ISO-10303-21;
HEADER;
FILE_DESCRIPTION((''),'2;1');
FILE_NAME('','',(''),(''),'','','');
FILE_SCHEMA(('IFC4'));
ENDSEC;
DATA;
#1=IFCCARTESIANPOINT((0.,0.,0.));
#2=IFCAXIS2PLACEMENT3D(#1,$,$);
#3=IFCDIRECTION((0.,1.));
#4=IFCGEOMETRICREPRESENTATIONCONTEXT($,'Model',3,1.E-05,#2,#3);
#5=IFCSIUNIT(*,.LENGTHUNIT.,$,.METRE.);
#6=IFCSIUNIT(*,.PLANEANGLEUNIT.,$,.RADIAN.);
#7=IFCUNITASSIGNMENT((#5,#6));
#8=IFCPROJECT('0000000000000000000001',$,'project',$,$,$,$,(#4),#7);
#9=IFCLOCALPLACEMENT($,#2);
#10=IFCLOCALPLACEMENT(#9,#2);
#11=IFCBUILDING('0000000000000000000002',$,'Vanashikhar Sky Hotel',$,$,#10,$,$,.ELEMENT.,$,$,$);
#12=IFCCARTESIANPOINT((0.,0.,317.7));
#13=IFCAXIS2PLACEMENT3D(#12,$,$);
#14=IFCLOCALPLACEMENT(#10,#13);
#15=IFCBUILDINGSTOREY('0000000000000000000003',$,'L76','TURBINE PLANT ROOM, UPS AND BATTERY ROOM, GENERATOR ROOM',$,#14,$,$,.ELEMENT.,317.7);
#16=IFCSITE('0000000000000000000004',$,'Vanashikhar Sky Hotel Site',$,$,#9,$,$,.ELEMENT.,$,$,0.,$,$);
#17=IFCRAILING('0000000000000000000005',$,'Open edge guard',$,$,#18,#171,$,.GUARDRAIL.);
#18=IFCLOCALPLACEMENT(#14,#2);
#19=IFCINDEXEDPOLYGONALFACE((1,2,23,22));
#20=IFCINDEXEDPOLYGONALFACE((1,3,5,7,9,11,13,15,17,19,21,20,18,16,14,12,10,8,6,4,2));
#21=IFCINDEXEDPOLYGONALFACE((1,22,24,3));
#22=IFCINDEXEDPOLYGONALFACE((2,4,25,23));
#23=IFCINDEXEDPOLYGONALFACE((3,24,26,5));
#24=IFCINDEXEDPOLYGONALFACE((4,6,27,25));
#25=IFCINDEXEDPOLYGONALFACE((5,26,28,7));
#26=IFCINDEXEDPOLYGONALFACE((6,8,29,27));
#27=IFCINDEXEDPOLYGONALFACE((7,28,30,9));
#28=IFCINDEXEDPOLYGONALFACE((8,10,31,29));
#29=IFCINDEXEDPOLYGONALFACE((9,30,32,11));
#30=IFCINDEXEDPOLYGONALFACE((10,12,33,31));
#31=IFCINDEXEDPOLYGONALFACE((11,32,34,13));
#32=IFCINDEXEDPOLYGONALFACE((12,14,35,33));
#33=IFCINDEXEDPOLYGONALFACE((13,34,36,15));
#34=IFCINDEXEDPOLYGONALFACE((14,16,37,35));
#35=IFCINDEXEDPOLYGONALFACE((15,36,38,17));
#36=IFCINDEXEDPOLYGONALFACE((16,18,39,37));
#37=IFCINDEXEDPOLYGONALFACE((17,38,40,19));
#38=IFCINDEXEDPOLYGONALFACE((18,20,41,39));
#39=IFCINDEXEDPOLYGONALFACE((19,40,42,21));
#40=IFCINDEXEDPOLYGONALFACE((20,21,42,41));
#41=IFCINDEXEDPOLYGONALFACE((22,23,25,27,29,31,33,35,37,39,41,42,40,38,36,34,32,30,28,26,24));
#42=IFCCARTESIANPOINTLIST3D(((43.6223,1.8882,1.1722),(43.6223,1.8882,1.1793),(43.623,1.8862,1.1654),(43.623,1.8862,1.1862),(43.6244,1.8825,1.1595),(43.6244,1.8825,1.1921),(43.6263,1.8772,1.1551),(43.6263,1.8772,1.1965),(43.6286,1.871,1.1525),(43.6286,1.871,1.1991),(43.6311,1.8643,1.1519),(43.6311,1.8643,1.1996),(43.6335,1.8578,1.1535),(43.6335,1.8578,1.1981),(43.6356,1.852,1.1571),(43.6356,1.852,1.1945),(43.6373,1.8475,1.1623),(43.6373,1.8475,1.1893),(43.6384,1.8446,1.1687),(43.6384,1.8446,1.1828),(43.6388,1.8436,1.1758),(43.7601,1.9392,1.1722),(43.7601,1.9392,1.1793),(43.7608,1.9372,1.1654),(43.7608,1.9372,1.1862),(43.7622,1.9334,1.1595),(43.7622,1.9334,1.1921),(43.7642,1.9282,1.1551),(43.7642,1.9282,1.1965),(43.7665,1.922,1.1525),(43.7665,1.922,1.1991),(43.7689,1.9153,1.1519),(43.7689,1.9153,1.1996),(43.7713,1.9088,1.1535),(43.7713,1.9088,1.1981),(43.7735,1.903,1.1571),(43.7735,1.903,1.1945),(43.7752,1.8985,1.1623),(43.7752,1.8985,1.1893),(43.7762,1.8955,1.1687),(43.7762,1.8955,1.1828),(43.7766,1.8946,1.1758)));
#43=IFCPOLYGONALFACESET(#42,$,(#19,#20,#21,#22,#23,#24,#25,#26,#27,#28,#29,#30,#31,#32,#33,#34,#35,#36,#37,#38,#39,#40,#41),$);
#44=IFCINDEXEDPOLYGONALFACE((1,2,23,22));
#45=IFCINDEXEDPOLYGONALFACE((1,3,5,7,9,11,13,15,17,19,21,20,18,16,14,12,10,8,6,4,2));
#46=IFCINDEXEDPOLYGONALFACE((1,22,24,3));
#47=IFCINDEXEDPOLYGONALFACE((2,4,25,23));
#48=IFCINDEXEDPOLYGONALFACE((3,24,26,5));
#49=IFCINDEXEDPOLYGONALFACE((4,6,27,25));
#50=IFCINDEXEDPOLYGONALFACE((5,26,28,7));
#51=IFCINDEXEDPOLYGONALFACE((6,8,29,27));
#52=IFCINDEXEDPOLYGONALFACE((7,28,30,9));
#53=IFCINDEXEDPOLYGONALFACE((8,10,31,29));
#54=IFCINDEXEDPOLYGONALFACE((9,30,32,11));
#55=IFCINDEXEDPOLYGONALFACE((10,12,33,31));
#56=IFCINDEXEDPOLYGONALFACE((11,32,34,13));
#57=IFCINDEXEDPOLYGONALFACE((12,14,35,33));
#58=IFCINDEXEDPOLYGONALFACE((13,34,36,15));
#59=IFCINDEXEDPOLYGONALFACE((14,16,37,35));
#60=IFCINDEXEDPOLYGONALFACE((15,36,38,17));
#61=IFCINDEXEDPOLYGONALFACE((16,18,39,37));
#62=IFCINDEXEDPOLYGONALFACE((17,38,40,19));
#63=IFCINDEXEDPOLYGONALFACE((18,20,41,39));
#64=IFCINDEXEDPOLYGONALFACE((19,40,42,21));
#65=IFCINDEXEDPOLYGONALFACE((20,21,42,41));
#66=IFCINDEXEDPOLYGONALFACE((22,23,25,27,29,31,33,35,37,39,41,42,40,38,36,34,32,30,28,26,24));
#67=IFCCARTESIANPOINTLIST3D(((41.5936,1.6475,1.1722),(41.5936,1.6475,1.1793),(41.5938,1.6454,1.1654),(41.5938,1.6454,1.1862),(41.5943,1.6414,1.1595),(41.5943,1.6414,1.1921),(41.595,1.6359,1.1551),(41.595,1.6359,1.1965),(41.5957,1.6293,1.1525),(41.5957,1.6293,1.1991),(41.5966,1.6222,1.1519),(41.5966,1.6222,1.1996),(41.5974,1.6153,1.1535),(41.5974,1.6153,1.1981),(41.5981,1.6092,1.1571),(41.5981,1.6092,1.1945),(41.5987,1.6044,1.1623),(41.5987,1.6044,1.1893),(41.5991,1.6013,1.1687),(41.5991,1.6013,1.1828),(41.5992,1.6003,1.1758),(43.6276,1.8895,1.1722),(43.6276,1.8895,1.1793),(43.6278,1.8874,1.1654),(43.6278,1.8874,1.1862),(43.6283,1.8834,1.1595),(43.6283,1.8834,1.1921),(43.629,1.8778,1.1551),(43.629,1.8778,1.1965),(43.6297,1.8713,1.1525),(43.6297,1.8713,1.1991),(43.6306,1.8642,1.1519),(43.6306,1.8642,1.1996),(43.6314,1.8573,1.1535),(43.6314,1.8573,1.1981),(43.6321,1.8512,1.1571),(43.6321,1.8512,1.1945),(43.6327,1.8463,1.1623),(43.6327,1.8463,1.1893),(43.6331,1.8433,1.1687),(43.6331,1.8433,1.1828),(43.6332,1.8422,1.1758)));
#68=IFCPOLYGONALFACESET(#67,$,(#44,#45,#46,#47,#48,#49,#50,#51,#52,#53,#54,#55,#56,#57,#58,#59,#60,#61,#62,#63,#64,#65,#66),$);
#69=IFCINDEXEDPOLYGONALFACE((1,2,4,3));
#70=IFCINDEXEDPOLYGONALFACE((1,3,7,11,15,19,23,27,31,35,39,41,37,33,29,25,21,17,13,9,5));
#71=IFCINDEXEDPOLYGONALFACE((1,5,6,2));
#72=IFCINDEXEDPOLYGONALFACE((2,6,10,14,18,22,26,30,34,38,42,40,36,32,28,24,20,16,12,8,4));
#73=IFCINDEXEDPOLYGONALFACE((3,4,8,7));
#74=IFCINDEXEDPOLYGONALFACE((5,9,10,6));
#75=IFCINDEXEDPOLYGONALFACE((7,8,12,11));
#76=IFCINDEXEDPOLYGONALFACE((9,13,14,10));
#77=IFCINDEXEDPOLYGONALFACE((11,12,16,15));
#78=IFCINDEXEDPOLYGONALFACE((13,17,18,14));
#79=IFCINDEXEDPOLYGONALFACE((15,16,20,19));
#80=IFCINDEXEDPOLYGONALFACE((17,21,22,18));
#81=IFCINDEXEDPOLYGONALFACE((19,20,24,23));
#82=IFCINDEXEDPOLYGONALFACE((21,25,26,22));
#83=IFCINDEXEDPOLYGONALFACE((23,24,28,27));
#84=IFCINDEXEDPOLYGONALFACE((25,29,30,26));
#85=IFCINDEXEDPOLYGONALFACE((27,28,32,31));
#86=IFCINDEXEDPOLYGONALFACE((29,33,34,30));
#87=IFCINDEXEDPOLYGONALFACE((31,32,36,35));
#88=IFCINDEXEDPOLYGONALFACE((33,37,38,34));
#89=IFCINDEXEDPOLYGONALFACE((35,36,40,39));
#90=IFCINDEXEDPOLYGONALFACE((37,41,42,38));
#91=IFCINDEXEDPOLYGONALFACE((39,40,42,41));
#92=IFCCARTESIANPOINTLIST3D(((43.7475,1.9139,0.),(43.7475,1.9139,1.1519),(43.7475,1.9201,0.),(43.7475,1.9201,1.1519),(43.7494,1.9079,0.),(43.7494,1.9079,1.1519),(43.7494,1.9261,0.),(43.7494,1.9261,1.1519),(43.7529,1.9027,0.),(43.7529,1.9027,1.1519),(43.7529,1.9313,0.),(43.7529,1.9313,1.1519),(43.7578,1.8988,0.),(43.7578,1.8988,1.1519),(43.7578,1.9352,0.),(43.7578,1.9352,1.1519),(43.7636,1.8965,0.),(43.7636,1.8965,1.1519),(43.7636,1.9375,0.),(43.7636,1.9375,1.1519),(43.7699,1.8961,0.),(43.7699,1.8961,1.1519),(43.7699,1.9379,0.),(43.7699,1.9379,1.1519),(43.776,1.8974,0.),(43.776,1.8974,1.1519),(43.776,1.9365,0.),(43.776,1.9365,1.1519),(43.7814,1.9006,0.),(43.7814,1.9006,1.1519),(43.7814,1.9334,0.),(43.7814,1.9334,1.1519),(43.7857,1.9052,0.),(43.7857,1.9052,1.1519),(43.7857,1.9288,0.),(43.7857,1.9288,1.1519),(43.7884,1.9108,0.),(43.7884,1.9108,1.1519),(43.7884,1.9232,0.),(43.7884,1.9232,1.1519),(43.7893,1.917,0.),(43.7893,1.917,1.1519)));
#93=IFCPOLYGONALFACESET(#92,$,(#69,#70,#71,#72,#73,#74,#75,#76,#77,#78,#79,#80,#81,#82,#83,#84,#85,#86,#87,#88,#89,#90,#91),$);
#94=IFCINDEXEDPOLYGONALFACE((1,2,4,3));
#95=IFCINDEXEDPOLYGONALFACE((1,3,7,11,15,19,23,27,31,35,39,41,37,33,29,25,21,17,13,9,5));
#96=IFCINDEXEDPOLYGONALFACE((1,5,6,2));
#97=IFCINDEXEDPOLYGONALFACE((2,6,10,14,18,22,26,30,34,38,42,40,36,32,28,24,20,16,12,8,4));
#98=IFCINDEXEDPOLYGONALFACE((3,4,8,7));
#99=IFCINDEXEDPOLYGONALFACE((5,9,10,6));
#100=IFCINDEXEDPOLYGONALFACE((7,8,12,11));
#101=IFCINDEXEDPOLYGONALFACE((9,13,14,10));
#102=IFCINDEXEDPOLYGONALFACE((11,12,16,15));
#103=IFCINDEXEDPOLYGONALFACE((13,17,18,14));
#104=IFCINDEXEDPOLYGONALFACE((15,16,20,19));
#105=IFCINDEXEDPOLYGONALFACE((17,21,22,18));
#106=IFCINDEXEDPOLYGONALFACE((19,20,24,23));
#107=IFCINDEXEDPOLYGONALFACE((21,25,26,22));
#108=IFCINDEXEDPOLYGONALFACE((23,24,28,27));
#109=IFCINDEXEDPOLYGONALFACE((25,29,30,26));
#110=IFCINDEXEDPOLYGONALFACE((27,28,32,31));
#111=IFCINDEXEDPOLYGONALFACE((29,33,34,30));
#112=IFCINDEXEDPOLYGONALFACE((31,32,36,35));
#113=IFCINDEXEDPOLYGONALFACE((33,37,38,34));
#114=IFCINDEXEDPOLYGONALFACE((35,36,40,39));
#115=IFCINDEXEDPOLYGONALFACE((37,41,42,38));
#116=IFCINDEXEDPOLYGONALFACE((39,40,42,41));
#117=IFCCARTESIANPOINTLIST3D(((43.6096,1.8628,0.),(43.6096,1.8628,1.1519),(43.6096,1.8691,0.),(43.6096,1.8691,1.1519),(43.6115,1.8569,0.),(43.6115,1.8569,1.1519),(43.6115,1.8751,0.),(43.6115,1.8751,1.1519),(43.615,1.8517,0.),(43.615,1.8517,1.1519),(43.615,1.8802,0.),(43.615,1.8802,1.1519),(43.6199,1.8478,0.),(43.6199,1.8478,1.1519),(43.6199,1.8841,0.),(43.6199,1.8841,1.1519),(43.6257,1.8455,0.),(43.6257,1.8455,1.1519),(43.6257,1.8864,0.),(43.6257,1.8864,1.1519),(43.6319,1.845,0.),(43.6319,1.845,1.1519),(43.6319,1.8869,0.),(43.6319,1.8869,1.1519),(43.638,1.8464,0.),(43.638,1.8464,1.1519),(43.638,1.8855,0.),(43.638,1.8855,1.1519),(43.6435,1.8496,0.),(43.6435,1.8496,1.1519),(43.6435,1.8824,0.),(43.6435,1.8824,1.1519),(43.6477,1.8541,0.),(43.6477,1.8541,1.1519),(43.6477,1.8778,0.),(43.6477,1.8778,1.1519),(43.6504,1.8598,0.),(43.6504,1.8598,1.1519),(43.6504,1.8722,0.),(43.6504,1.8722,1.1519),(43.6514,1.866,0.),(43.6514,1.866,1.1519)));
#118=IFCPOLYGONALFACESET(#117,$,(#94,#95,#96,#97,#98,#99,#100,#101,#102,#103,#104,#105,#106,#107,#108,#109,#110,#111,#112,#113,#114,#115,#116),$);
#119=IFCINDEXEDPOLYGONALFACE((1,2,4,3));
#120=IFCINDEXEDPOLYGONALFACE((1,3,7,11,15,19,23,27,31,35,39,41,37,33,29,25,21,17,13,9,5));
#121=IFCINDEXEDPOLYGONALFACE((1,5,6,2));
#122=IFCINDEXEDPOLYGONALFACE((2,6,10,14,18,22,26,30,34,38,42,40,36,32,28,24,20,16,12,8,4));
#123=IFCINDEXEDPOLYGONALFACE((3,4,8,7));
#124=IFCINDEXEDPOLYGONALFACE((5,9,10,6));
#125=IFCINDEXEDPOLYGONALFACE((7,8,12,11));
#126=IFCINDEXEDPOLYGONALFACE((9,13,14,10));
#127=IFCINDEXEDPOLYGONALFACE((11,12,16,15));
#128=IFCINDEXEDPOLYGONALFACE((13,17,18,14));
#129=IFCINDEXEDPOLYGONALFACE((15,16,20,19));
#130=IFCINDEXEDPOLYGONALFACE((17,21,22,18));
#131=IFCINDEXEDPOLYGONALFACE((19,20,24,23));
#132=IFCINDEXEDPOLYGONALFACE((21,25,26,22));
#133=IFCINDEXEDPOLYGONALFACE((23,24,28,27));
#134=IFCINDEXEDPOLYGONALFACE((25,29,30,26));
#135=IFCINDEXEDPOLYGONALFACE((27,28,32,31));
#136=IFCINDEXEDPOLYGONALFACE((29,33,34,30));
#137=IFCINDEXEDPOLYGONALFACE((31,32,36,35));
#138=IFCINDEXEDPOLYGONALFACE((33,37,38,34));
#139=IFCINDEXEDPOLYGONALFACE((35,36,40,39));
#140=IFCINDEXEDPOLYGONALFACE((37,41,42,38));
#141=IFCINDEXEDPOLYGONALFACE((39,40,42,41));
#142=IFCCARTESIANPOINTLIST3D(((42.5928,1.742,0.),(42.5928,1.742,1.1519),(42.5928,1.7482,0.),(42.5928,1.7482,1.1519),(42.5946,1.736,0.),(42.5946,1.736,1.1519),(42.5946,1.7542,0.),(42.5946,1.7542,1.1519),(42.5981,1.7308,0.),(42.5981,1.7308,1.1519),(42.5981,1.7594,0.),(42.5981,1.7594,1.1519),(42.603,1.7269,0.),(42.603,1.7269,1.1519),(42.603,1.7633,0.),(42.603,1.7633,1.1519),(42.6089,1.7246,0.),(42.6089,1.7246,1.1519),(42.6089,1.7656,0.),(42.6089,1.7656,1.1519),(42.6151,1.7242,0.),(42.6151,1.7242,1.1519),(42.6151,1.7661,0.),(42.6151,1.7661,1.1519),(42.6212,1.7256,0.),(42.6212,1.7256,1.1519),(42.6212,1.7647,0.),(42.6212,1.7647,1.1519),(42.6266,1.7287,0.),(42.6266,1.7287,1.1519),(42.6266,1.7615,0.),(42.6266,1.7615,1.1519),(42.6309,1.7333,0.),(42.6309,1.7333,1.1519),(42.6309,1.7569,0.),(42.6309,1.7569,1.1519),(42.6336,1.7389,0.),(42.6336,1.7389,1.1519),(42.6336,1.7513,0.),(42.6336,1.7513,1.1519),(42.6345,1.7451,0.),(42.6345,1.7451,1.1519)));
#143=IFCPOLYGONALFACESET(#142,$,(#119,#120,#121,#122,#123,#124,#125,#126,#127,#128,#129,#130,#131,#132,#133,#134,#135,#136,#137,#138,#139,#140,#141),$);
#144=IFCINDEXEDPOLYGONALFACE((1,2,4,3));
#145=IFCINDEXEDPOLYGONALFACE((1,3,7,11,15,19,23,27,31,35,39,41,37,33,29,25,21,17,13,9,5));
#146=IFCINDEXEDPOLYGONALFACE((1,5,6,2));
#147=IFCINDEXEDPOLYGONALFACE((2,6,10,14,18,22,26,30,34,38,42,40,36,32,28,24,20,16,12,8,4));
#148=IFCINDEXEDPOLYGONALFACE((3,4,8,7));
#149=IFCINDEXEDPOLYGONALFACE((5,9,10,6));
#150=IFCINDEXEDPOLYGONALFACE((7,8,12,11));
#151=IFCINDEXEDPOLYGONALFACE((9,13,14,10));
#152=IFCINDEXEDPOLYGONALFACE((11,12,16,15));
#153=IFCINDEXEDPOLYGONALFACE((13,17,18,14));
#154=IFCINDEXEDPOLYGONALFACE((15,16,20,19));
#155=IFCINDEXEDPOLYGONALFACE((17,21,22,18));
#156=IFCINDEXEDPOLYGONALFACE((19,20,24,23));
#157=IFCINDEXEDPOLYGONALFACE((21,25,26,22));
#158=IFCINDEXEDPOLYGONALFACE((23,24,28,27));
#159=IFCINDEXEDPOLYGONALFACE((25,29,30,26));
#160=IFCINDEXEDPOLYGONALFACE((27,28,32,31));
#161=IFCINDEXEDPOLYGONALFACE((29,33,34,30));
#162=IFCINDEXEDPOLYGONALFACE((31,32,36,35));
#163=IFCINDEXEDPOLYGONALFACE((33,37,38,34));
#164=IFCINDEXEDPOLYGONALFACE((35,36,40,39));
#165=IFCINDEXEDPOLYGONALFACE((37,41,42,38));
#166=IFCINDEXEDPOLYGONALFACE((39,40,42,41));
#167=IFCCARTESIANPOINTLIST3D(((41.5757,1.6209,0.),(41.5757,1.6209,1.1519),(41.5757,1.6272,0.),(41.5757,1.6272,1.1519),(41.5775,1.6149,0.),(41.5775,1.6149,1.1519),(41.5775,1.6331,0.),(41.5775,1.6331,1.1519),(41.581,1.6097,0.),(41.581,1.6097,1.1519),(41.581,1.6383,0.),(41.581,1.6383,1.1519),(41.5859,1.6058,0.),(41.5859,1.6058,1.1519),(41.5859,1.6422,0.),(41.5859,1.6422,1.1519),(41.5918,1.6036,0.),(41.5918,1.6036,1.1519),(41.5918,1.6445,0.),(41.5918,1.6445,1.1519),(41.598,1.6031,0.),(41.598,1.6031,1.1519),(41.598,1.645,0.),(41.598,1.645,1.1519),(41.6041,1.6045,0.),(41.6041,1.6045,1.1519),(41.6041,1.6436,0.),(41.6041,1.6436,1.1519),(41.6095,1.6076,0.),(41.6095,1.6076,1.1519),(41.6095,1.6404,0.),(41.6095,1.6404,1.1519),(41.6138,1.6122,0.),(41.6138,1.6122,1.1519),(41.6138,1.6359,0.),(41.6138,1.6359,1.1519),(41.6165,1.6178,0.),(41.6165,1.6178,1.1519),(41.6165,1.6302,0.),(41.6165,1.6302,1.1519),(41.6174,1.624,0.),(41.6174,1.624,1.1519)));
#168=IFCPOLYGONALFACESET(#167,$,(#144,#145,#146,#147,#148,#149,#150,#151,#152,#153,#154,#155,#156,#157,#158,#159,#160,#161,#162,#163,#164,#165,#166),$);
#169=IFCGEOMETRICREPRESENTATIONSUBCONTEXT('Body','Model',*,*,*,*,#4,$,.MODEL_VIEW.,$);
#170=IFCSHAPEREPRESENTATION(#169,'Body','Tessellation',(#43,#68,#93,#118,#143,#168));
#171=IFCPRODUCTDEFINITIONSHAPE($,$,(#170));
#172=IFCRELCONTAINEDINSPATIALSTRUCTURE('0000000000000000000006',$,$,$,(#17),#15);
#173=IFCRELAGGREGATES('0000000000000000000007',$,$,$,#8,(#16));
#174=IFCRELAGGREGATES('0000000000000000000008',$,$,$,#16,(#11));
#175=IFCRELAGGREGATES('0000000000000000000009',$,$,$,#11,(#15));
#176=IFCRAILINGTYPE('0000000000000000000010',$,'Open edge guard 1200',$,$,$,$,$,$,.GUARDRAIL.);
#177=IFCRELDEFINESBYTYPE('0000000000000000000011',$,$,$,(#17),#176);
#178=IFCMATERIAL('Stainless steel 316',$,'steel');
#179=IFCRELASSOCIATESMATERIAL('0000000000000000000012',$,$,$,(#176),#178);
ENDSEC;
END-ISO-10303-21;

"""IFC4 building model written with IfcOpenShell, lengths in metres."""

from ifc_helpers import new_model, si_unit, direction, frame, origin, origin_2d, place, context, subcontext, project, spatial, circle, extrude, source, transform, mapped, material, type_object, element, save


model = new_model("IFC4")

# Units and contexts
model_context = context("Model", 3, precision=1e-05, world=origin(), true_north=direction((0.0, 1.0)))
body_context = subcontext(model_context, "Body", "Model", "MODEL_VIEW")
ifc_project = project(units=[si_unit("LENGTHUNIT", "METRE"), si_unit("PLANEANGLEUNIT", "RADIAN")], contexts=[model_context])

# Site, building, storey
site_placement = place(None, origin())
site = spatial("IfcSite", under=ifc_project, at=site_placement, Name="Vanashikhar Sky Hotel Site", CompositionType="ELEMENT", RefElevation=0.0)
building_placement = place(site_placement, origin())
building = spatial("IfcBuilding", under=site, at=building_placement, Name="Vanashikhar Sky Hotel", CompositionType="ELEMENT")
storey_placement = place(building_placement, frame((0.0, 0.0, 317.7)))
storey = spatial("IfcBuildingStorey", under=building, at=storey_placement, Name="L76", Description="TURBINE PLANT ROOM, UPS AND BATTERY ROOM, GENERATOR ROOM", CompositionType="ELEMENT", Elevation=317.7)

# Railing
ifc_material_1 = material(Name="Stainless steel 316", Category="steel")
railing_type = type_object("IfcRailingType", Name="Open edge guard 1200", PredefinedType="GUARDRAIL", material=ifc_material_1)
shared_shape_1 = source(origin(), body_context, "Body", "SweptSolid", [
    extrude(circle(Radius=0.0239, at=origin_2d()), frame((0.0, 0.0, 1.1758), z_axis=(-0.937889, -0.346936, 0.0), x_axis=(0.346936, -0.937889, 0.0)), (0.0, 0.0, 1.0), 0.147),
    extrude(circle(Radius=0.0239, at=origin_2d()), frame((-0.1379, -0.051, 1.1758), z_axis=(-0.992999, -0.118121, 0.0), x_axis=(0.118121, -0.992999, 0.0)), (0.0, 0.0, 1.0), 2.0483),
    extrude(circle(Radius=0.021, at=origin_2d()), origin(), (0.0, 0.0, 1.0), 1.1519),
    extrude(circle(Radius=0.021, at=origin_2d()), frame((-0.1379, -0.051, 0.0)), (0.0, 0.0, 1.0), 1.1519),
    extrude(circle(Radius=0.021, at=origin_2d()), frame((-1.1548, -0.1719, 0.0)), (0.0, 0.0, 1.0), 1.1519),
    extrude(circle(Radius=0.021, at=origin_2d()), frame((-2.1719, -0.293, 0.0)), (0.0, 0.0, 1.0), 1.1519),
])
railing_1_placement = place(storey_placement, frame((43.7683, 1.917, 0.0)))
element("IfcRailing", 1, at=railing_1_placement, inside=storey, type_object=railing_type, Name="Open edge guard", PredefinedType="GUARDRAIL", context=body_context, shape_type="MappedRepresentation", body=[
    mapped(shared_shape_1, transform((0.0, 0.0, 0.0), scale=1.0)),
])

save(model, "model.ifc")
